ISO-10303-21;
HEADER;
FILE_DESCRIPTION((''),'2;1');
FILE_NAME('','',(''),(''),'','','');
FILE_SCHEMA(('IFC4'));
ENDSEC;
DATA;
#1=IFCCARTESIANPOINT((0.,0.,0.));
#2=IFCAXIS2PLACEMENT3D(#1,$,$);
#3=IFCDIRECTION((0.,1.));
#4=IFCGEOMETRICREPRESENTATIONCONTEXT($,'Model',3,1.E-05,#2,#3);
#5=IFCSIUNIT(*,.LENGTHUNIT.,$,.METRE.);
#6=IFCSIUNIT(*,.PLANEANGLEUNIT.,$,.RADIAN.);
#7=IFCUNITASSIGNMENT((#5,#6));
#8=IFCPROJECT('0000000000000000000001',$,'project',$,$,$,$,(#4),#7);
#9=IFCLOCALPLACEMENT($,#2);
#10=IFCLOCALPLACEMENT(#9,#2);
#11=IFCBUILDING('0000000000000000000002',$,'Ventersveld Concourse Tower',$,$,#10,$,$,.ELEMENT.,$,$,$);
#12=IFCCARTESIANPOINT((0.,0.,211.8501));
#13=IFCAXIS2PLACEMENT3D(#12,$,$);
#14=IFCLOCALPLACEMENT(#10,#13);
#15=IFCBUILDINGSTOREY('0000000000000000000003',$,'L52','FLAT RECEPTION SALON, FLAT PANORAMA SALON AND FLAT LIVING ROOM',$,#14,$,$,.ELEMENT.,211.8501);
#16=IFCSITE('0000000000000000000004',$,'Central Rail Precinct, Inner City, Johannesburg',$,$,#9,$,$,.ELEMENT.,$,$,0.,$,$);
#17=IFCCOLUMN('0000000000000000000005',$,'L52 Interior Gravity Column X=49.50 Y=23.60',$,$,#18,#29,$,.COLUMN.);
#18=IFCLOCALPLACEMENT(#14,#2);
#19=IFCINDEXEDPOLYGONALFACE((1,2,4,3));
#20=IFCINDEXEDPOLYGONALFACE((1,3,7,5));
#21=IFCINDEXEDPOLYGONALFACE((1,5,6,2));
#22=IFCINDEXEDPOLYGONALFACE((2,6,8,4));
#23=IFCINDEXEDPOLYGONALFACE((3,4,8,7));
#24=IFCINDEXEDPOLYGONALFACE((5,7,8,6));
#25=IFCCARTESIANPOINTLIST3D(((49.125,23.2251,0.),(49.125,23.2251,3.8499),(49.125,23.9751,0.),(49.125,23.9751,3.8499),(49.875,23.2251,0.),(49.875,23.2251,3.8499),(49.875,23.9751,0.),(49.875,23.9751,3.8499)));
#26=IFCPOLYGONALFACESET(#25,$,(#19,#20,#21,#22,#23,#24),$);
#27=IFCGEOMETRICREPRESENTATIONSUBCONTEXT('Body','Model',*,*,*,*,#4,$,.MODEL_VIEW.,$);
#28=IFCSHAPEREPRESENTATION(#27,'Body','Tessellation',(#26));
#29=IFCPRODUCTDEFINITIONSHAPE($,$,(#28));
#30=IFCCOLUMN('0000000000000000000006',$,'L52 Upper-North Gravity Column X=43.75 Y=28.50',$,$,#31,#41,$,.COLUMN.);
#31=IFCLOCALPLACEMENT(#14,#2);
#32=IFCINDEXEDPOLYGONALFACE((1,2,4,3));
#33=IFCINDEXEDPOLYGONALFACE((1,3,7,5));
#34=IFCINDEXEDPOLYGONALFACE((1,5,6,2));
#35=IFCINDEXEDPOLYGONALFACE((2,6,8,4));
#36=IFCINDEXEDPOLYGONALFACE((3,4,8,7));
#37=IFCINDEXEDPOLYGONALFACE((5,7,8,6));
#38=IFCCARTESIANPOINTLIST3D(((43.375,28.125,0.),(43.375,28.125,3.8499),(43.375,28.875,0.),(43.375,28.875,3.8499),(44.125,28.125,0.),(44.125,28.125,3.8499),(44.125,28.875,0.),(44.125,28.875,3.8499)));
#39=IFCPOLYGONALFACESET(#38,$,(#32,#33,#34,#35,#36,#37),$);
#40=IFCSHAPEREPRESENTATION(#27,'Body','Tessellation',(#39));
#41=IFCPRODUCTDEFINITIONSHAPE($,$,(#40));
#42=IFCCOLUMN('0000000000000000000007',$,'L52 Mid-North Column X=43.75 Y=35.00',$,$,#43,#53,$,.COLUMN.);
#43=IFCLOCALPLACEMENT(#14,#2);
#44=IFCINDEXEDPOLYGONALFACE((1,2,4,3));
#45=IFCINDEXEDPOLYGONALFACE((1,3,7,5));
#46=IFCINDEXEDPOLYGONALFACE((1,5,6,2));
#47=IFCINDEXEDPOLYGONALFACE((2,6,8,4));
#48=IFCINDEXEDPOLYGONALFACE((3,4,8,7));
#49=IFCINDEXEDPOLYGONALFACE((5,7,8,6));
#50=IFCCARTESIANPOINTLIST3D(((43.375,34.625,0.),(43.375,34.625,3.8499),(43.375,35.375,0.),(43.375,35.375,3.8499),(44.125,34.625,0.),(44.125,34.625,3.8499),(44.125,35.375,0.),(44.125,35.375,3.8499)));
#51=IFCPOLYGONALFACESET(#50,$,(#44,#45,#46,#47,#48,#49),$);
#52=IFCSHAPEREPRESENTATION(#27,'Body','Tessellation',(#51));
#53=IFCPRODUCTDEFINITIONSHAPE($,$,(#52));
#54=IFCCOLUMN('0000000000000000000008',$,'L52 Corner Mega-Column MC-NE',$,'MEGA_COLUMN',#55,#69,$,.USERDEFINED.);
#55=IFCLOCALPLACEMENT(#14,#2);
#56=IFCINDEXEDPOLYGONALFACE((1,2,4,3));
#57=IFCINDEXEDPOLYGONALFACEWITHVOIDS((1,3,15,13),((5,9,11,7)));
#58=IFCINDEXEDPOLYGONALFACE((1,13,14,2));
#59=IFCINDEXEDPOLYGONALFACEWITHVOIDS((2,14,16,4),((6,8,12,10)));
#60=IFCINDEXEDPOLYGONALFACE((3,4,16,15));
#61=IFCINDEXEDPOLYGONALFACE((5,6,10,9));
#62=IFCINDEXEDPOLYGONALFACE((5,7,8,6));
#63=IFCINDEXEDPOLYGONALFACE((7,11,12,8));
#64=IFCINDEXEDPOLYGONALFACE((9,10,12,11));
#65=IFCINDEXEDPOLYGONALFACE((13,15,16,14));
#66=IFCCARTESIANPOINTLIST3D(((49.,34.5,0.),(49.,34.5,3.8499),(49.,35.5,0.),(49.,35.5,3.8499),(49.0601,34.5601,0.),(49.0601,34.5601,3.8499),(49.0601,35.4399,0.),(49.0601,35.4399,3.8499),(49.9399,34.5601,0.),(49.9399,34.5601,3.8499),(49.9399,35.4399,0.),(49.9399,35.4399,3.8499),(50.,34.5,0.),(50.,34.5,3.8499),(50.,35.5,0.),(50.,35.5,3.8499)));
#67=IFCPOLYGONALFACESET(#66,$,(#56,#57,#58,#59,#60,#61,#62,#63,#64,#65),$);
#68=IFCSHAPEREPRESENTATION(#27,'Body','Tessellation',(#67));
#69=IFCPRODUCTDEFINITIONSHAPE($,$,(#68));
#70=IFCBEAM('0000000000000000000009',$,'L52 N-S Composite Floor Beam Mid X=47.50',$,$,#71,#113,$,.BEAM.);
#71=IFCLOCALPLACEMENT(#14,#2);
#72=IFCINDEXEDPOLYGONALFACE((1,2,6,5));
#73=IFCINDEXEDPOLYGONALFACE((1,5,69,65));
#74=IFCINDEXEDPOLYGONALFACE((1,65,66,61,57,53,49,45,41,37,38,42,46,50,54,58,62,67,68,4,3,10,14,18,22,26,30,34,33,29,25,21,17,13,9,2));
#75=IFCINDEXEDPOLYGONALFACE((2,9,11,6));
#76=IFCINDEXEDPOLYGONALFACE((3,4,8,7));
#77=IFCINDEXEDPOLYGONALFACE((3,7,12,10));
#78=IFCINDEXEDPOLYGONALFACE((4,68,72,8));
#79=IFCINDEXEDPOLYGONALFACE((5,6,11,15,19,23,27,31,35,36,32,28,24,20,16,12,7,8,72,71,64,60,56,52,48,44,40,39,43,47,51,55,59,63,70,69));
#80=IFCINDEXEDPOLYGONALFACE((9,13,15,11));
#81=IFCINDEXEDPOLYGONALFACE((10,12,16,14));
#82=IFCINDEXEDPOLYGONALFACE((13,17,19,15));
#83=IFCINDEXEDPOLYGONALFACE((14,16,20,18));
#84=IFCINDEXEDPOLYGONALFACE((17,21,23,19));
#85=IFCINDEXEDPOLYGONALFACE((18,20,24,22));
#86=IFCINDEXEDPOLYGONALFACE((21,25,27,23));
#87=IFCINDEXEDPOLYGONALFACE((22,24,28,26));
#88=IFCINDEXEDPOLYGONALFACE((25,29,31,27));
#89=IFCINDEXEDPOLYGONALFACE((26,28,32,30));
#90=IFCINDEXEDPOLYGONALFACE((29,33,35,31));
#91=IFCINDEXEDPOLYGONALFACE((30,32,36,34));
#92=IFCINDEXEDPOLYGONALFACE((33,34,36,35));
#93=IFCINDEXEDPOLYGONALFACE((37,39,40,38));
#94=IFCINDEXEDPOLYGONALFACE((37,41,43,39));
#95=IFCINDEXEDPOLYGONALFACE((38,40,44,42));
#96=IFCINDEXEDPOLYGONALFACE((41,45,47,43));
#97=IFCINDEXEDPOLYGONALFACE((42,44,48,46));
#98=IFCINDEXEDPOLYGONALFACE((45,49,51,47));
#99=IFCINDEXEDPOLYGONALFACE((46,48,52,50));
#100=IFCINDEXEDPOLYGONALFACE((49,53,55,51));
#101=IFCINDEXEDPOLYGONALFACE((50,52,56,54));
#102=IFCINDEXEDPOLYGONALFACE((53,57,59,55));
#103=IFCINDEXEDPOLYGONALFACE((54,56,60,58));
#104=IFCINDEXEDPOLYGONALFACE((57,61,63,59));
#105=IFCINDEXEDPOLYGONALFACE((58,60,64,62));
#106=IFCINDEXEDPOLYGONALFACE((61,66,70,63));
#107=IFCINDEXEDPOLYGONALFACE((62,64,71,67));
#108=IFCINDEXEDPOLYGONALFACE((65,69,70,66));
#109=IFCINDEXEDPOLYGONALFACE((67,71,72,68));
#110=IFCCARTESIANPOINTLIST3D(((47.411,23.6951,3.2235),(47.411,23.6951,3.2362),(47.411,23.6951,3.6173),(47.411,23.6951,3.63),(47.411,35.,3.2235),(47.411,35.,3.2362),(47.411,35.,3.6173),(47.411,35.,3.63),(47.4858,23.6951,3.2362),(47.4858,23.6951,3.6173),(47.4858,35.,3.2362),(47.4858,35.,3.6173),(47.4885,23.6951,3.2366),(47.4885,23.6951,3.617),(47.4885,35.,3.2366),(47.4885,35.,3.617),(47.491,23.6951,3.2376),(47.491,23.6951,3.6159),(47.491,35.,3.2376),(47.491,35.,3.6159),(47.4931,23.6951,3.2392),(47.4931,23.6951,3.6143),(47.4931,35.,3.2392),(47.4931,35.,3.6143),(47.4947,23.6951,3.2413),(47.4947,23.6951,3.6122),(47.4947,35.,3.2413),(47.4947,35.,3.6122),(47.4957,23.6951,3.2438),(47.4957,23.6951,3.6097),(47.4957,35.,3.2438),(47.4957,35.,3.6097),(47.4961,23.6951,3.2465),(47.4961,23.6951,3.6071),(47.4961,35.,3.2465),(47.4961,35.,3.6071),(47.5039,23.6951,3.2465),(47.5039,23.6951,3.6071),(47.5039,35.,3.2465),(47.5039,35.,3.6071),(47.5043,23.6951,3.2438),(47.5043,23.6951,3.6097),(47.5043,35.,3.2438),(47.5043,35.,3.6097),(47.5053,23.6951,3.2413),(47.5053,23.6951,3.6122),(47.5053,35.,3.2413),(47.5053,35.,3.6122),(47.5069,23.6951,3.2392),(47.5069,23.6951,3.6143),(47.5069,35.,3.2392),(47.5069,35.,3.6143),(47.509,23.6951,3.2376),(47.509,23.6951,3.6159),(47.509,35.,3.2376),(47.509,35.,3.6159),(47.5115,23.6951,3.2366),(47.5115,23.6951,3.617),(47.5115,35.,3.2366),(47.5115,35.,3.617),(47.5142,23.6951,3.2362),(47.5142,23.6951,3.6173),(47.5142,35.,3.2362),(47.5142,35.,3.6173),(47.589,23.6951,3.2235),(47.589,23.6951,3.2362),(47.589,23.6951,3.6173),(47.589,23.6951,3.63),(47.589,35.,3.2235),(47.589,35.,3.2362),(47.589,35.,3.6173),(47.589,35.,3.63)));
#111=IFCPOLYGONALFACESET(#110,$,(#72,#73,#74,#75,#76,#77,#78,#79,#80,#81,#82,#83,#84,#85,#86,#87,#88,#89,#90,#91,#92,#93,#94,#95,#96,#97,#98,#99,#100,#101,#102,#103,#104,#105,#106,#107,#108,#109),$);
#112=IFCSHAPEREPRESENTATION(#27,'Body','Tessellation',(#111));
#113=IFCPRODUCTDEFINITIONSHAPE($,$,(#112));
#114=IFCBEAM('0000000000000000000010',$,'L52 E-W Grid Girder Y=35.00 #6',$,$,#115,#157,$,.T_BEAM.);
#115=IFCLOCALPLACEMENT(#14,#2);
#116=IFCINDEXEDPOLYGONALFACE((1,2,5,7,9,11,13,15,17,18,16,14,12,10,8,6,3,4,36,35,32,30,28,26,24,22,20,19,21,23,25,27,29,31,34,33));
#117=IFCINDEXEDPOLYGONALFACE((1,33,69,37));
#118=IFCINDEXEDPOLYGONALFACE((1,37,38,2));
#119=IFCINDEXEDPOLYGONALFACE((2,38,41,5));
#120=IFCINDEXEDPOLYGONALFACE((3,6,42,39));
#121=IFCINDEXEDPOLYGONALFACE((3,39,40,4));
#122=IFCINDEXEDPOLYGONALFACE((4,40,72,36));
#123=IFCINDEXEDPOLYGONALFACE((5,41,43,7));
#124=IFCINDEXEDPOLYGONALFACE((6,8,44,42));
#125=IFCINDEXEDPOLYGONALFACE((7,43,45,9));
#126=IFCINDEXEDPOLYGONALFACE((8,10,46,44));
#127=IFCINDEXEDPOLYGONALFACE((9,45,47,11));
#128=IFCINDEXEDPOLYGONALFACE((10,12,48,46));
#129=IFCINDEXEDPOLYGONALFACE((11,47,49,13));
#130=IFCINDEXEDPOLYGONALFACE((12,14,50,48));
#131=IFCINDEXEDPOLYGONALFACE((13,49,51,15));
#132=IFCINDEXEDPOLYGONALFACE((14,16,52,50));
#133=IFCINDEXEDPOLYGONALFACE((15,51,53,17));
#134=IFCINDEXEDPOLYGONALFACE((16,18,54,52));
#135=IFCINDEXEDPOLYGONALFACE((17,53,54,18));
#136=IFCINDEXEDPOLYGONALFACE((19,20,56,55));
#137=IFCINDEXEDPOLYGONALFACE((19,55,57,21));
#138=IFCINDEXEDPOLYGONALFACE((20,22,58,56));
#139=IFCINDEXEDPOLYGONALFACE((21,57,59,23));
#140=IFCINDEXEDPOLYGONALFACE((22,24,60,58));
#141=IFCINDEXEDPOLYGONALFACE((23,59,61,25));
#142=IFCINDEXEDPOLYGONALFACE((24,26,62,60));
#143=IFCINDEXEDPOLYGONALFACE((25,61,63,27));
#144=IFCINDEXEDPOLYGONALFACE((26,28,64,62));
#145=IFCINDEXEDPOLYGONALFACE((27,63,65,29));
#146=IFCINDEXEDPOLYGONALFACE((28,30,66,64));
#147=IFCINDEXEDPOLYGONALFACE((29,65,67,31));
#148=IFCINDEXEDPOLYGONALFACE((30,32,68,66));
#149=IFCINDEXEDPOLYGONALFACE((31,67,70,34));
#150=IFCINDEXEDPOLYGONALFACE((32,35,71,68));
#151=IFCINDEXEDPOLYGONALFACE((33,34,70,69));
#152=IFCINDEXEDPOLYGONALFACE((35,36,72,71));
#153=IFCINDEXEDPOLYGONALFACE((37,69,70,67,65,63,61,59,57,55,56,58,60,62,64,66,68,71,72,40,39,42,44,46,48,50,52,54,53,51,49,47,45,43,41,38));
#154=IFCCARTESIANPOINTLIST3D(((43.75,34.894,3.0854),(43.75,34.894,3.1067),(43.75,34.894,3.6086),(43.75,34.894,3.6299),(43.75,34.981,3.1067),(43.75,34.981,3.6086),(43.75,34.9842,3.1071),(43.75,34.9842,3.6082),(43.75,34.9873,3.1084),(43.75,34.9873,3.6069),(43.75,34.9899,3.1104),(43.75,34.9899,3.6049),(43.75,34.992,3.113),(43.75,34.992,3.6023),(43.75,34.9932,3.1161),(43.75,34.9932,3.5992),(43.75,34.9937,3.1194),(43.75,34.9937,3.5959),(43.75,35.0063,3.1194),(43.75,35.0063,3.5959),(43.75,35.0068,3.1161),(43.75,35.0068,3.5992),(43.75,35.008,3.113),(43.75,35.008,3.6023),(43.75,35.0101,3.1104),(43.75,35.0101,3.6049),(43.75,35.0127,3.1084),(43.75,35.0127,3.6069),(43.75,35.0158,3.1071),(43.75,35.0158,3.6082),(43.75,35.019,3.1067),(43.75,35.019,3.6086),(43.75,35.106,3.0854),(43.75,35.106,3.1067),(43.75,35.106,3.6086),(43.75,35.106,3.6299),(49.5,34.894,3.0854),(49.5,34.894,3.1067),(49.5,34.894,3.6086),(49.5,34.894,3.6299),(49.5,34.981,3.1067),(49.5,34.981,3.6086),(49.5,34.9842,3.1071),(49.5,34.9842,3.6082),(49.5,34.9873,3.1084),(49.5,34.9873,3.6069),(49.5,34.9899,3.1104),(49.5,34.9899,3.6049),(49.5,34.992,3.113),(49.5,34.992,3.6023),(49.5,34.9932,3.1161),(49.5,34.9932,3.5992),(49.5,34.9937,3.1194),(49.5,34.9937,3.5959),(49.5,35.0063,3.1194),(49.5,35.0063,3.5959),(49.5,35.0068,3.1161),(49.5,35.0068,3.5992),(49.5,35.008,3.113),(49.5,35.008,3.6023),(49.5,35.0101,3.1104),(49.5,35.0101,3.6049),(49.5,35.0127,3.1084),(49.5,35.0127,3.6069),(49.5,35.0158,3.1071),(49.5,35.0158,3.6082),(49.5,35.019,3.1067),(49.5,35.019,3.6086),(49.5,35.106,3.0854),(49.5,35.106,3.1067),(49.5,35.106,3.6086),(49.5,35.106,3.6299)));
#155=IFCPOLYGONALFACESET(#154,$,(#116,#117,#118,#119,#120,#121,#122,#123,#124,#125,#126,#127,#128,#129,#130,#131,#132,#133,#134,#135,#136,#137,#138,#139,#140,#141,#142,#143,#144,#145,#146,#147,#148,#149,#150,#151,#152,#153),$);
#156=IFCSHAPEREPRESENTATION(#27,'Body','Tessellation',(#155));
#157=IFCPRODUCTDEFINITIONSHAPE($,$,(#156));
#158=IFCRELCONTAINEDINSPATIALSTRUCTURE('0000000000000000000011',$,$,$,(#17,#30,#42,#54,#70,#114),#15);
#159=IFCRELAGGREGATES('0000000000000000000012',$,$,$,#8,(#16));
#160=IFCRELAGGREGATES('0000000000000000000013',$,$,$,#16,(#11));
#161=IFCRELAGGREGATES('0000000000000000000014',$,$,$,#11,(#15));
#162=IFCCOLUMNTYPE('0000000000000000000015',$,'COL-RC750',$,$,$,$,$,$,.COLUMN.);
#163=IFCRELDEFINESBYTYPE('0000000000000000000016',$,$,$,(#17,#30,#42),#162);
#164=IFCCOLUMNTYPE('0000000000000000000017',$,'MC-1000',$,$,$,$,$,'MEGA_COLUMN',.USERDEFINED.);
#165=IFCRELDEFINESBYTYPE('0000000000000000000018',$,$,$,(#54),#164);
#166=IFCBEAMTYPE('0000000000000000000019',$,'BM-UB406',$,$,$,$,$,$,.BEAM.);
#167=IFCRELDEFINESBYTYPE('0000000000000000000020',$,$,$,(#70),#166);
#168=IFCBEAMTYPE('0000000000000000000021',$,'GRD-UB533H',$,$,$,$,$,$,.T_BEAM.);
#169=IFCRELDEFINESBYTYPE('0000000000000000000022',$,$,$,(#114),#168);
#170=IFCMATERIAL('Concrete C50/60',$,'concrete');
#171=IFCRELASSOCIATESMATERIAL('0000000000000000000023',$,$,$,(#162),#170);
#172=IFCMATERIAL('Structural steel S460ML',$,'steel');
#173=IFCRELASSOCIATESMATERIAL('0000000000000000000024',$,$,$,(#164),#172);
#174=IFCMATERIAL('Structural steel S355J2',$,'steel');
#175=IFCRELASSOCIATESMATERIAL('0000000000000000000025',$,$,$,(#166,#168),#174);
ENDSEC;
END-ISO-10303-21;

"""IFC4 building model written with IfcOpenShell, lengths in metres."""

from ifc_helpers import new_model, si_unit, direction, frame, origin, origin_2d, place, context, subcontext, project, spatial, rectangle, hollow_rectangle, i_section, extrude, material, material_profile, profile_set, type_object, element, save


model = new_model("IFC4")

# Units and contexts
model_context = context("Model", 3, precision=1e-05, world=origin(), true_north=direction((0.0, 1.0)))
body_context = subcontext(model_context, "Body", "Model", "MODEL_VIEW")
ifc_project = project(units=[si_unit("LENGTHUNIT", "METRE"), si_unit("PLANEANGLEUNIT", "RADIAN")], contexts=[model_context])

# Site, building, storey
site_placement = place(None, origin())
site = spatial("IfcSite", under=ifc_project, at=site_placement, Name="Central Rail Precinct, Inner City, Johannesburg", CompositionType="ELEMENT", RefElevation=0.0)
building_placement = place(site_placement, origin())
building = spatial("IfcBuilding", under=site, at=building_placement, Name="Ventersveld Concourse Tower", CompositionType="ELEMENT")
storey_placement = place(building_placement, frame((0.0, 0.0, 211.8501)))
storey = spatial("IfcBuildingStorey", under=building, at=storey_placement, Name="L52", Description="FLAT RECEPTION SALON, FLAT PANORAMA SALON AND FLAT LIVING ROOM", CompositionType="ELEMENT", Elevation=211.8501)

# Columns
ifc_material_1 = material(Name="Concrete C50/60", Category="concrete")
ifc_material_profile_1 = material_profile(ifc_material_1, rectangle(XDim=0.75, YDim=0.75, at=origin_2d()), Name="RC 750x750")
ifc_profile_set_1 = profile_set([ifc_material_profile_1], Name="Concrete C50/60")
column_type_1 = type_object("IfcColumnType", Name="COL-RC750", PredefinedType="COLUMN", material=ifc_profile_set_1)
for number, where, z_axis, x_axis, name in (
    (1, (49.5, 23.6001, 0.0), (0.0, 0.0, 1.0), (1.0, 0.0, 0.0), "L52 Interior Gravity Column X=49.50 Y=23.60"),
    (2, (43.75, 28.5, 0.0), (0.0, 0.0, 1.0), (1.0, 0.0, 0.0), "L52 Upper-North Gravity Column X=43.75 Y=28.50"),
    (3, (43.75, 35.0, 0.0), (0.0, 0.0, 1.0), (1.0, 0.0, 0.0), "L52 Mid-North Column X=43.75 Y=35.00"),
):
    element("IfcColumn", number, at=place(storey_placement, frame(where, z_axis=z_axis, x_axis=x_axis)), inside=storey, type_object=column_type_1, Name=name, PredefinedType="COLUMN", context=body_context, shape_type="SweptSolid", body=[
        extrude(rectangle(XDim=0.75, YDim=0.75, at=origin_2d()), origin(), (0.0, 0.0, 1.0), 3.8499),
    ])
ifc_material_2 = material(Name="Structural steel S460ML", Category="steel")
ifc_material_profile_2 = material_profile(ifc_material_2, hollow_rectangle(XDim=1.0, YDim=1.0, WallThickness=0.0601, at=origin_2d()), Name="BOX 1000x1000x60")
ifc_profile_set_2 = profile_set([ifc_material_profile_2], Name="Structural steel S460ML")
column_type_2 = type_object("IfcColumnType", Name="MC-1000", ElementType="MEGA_COLUMN", PredefinedType="USERDEFINED", material=ifc_profile_set_2)
column_placement = place(storey_placement, frame((49.5, 35.0, 0.0), z_axis=(0.0, 0.0, 1.0), x_axis=(1.0, 0.0, 0.0)))
element("IfcColumn", 4, at=column_placement, inside=storey, type_object=column_type_2, Name="L52 Corner Mega-Column MC-NE", ObjectType="MEGA_COLUMN", PredefinedType="USERDEFINED", context=body_context, shape_type="SweptSolid", body=[
    extrude(hollow_rectangle(XDim=1.0, YDim=1.0, WallThickness=0.0601, at=origin_2d()), origin(), (0.0, 0.0, 1.0), 3.8499),
])

# Beams
ifc_material_3 = material(Name="Structural steel S355J2", Category="steel")
ifc_material_profile_3 = material_profile(ifc_material_3, i_section(OverallWidth=0.178, OverallDepth=0.4065, WebThickness=0.0078, FlangeThickness=0.0127, FilletRadius=0.0103, at=origin_2d()), Name="UB 406x178x60")
ifc_profile_set_3 = profile_set([ifc_material_profile_3], Name="Structural steel S355J2")
beam_type_1 = type_object("IfcBeamType", Name="BM-UB406", PredefinedType="BEAM", material=ifc_profile_set_3)
beam_1_placement = place(storey_placement, frame((47.5, 23.6951, 3.4268), z_axis=(0.0, 1.0, 0.0), x_axis=(-1.0, 0.0, 0.0)))
element("IfcBeam", 5, at=beam_1_placement, inside=storey, type_object=beam_type_1, Name="L52 N-S Composite Floor Beam Mid X=47.50", PredefinedType="BEAM", context=body_context, shape_type="SweptSolid", body=[
    extrude(i_section(OverallWidth=0.178, OverallDepth=0.4065, WebThickness=0.0078, FlangeThickness=0.0127, FilletRadius=0.0103, at=origin_2d()), origin(), (0.0, 0.0, 1.0), 11.3049),
])
ifc_material_profile_4 = material_profile(ifc_material_3, i_section(OverallWidth=0.2119, OverallDepth=0.5444, WebThickness=0.0127, FlangeThickness=0.0212, FilletRadius=0.0127, at=origin_2d()), Name="UB 533x210x122")
ifc_profile_set_4 = profile_set([ifc_material_profile_4], Name="Structural steel S355J2")
beam_type_2 = type_object("IfcBeamType", Name="GRD-UB533H", PredefinedType="T_BEAM", material=ifc_profile_set_4)
beam_2_placement = place(storey_placement, frame((43.75, 35.0, 3.3577), z_axis=(1.0, 0.0, 0.0), x_axis=(0.0, 1.0, 0.0)))
element("IfcBeam", 6, at=beam_2_placement, inside=storey, type_object=beam_type_2, Name="L52 E-W Grid Girder Y=35.00 #6", PredefinedType="T_BEAM", context=body_context, shape_type="SweptSolid", body=[
    extrude(i_section(OverallWidth=0.2119, OverallDepth=0.5444, WebThickness=0.0127, FlangeThickness=0.0212, FilletRadius=0.0127, at=origin_2d()), origin(), (0.0, 0.0, 1.0), 5.75),
])

save(model, "model.ifc")
